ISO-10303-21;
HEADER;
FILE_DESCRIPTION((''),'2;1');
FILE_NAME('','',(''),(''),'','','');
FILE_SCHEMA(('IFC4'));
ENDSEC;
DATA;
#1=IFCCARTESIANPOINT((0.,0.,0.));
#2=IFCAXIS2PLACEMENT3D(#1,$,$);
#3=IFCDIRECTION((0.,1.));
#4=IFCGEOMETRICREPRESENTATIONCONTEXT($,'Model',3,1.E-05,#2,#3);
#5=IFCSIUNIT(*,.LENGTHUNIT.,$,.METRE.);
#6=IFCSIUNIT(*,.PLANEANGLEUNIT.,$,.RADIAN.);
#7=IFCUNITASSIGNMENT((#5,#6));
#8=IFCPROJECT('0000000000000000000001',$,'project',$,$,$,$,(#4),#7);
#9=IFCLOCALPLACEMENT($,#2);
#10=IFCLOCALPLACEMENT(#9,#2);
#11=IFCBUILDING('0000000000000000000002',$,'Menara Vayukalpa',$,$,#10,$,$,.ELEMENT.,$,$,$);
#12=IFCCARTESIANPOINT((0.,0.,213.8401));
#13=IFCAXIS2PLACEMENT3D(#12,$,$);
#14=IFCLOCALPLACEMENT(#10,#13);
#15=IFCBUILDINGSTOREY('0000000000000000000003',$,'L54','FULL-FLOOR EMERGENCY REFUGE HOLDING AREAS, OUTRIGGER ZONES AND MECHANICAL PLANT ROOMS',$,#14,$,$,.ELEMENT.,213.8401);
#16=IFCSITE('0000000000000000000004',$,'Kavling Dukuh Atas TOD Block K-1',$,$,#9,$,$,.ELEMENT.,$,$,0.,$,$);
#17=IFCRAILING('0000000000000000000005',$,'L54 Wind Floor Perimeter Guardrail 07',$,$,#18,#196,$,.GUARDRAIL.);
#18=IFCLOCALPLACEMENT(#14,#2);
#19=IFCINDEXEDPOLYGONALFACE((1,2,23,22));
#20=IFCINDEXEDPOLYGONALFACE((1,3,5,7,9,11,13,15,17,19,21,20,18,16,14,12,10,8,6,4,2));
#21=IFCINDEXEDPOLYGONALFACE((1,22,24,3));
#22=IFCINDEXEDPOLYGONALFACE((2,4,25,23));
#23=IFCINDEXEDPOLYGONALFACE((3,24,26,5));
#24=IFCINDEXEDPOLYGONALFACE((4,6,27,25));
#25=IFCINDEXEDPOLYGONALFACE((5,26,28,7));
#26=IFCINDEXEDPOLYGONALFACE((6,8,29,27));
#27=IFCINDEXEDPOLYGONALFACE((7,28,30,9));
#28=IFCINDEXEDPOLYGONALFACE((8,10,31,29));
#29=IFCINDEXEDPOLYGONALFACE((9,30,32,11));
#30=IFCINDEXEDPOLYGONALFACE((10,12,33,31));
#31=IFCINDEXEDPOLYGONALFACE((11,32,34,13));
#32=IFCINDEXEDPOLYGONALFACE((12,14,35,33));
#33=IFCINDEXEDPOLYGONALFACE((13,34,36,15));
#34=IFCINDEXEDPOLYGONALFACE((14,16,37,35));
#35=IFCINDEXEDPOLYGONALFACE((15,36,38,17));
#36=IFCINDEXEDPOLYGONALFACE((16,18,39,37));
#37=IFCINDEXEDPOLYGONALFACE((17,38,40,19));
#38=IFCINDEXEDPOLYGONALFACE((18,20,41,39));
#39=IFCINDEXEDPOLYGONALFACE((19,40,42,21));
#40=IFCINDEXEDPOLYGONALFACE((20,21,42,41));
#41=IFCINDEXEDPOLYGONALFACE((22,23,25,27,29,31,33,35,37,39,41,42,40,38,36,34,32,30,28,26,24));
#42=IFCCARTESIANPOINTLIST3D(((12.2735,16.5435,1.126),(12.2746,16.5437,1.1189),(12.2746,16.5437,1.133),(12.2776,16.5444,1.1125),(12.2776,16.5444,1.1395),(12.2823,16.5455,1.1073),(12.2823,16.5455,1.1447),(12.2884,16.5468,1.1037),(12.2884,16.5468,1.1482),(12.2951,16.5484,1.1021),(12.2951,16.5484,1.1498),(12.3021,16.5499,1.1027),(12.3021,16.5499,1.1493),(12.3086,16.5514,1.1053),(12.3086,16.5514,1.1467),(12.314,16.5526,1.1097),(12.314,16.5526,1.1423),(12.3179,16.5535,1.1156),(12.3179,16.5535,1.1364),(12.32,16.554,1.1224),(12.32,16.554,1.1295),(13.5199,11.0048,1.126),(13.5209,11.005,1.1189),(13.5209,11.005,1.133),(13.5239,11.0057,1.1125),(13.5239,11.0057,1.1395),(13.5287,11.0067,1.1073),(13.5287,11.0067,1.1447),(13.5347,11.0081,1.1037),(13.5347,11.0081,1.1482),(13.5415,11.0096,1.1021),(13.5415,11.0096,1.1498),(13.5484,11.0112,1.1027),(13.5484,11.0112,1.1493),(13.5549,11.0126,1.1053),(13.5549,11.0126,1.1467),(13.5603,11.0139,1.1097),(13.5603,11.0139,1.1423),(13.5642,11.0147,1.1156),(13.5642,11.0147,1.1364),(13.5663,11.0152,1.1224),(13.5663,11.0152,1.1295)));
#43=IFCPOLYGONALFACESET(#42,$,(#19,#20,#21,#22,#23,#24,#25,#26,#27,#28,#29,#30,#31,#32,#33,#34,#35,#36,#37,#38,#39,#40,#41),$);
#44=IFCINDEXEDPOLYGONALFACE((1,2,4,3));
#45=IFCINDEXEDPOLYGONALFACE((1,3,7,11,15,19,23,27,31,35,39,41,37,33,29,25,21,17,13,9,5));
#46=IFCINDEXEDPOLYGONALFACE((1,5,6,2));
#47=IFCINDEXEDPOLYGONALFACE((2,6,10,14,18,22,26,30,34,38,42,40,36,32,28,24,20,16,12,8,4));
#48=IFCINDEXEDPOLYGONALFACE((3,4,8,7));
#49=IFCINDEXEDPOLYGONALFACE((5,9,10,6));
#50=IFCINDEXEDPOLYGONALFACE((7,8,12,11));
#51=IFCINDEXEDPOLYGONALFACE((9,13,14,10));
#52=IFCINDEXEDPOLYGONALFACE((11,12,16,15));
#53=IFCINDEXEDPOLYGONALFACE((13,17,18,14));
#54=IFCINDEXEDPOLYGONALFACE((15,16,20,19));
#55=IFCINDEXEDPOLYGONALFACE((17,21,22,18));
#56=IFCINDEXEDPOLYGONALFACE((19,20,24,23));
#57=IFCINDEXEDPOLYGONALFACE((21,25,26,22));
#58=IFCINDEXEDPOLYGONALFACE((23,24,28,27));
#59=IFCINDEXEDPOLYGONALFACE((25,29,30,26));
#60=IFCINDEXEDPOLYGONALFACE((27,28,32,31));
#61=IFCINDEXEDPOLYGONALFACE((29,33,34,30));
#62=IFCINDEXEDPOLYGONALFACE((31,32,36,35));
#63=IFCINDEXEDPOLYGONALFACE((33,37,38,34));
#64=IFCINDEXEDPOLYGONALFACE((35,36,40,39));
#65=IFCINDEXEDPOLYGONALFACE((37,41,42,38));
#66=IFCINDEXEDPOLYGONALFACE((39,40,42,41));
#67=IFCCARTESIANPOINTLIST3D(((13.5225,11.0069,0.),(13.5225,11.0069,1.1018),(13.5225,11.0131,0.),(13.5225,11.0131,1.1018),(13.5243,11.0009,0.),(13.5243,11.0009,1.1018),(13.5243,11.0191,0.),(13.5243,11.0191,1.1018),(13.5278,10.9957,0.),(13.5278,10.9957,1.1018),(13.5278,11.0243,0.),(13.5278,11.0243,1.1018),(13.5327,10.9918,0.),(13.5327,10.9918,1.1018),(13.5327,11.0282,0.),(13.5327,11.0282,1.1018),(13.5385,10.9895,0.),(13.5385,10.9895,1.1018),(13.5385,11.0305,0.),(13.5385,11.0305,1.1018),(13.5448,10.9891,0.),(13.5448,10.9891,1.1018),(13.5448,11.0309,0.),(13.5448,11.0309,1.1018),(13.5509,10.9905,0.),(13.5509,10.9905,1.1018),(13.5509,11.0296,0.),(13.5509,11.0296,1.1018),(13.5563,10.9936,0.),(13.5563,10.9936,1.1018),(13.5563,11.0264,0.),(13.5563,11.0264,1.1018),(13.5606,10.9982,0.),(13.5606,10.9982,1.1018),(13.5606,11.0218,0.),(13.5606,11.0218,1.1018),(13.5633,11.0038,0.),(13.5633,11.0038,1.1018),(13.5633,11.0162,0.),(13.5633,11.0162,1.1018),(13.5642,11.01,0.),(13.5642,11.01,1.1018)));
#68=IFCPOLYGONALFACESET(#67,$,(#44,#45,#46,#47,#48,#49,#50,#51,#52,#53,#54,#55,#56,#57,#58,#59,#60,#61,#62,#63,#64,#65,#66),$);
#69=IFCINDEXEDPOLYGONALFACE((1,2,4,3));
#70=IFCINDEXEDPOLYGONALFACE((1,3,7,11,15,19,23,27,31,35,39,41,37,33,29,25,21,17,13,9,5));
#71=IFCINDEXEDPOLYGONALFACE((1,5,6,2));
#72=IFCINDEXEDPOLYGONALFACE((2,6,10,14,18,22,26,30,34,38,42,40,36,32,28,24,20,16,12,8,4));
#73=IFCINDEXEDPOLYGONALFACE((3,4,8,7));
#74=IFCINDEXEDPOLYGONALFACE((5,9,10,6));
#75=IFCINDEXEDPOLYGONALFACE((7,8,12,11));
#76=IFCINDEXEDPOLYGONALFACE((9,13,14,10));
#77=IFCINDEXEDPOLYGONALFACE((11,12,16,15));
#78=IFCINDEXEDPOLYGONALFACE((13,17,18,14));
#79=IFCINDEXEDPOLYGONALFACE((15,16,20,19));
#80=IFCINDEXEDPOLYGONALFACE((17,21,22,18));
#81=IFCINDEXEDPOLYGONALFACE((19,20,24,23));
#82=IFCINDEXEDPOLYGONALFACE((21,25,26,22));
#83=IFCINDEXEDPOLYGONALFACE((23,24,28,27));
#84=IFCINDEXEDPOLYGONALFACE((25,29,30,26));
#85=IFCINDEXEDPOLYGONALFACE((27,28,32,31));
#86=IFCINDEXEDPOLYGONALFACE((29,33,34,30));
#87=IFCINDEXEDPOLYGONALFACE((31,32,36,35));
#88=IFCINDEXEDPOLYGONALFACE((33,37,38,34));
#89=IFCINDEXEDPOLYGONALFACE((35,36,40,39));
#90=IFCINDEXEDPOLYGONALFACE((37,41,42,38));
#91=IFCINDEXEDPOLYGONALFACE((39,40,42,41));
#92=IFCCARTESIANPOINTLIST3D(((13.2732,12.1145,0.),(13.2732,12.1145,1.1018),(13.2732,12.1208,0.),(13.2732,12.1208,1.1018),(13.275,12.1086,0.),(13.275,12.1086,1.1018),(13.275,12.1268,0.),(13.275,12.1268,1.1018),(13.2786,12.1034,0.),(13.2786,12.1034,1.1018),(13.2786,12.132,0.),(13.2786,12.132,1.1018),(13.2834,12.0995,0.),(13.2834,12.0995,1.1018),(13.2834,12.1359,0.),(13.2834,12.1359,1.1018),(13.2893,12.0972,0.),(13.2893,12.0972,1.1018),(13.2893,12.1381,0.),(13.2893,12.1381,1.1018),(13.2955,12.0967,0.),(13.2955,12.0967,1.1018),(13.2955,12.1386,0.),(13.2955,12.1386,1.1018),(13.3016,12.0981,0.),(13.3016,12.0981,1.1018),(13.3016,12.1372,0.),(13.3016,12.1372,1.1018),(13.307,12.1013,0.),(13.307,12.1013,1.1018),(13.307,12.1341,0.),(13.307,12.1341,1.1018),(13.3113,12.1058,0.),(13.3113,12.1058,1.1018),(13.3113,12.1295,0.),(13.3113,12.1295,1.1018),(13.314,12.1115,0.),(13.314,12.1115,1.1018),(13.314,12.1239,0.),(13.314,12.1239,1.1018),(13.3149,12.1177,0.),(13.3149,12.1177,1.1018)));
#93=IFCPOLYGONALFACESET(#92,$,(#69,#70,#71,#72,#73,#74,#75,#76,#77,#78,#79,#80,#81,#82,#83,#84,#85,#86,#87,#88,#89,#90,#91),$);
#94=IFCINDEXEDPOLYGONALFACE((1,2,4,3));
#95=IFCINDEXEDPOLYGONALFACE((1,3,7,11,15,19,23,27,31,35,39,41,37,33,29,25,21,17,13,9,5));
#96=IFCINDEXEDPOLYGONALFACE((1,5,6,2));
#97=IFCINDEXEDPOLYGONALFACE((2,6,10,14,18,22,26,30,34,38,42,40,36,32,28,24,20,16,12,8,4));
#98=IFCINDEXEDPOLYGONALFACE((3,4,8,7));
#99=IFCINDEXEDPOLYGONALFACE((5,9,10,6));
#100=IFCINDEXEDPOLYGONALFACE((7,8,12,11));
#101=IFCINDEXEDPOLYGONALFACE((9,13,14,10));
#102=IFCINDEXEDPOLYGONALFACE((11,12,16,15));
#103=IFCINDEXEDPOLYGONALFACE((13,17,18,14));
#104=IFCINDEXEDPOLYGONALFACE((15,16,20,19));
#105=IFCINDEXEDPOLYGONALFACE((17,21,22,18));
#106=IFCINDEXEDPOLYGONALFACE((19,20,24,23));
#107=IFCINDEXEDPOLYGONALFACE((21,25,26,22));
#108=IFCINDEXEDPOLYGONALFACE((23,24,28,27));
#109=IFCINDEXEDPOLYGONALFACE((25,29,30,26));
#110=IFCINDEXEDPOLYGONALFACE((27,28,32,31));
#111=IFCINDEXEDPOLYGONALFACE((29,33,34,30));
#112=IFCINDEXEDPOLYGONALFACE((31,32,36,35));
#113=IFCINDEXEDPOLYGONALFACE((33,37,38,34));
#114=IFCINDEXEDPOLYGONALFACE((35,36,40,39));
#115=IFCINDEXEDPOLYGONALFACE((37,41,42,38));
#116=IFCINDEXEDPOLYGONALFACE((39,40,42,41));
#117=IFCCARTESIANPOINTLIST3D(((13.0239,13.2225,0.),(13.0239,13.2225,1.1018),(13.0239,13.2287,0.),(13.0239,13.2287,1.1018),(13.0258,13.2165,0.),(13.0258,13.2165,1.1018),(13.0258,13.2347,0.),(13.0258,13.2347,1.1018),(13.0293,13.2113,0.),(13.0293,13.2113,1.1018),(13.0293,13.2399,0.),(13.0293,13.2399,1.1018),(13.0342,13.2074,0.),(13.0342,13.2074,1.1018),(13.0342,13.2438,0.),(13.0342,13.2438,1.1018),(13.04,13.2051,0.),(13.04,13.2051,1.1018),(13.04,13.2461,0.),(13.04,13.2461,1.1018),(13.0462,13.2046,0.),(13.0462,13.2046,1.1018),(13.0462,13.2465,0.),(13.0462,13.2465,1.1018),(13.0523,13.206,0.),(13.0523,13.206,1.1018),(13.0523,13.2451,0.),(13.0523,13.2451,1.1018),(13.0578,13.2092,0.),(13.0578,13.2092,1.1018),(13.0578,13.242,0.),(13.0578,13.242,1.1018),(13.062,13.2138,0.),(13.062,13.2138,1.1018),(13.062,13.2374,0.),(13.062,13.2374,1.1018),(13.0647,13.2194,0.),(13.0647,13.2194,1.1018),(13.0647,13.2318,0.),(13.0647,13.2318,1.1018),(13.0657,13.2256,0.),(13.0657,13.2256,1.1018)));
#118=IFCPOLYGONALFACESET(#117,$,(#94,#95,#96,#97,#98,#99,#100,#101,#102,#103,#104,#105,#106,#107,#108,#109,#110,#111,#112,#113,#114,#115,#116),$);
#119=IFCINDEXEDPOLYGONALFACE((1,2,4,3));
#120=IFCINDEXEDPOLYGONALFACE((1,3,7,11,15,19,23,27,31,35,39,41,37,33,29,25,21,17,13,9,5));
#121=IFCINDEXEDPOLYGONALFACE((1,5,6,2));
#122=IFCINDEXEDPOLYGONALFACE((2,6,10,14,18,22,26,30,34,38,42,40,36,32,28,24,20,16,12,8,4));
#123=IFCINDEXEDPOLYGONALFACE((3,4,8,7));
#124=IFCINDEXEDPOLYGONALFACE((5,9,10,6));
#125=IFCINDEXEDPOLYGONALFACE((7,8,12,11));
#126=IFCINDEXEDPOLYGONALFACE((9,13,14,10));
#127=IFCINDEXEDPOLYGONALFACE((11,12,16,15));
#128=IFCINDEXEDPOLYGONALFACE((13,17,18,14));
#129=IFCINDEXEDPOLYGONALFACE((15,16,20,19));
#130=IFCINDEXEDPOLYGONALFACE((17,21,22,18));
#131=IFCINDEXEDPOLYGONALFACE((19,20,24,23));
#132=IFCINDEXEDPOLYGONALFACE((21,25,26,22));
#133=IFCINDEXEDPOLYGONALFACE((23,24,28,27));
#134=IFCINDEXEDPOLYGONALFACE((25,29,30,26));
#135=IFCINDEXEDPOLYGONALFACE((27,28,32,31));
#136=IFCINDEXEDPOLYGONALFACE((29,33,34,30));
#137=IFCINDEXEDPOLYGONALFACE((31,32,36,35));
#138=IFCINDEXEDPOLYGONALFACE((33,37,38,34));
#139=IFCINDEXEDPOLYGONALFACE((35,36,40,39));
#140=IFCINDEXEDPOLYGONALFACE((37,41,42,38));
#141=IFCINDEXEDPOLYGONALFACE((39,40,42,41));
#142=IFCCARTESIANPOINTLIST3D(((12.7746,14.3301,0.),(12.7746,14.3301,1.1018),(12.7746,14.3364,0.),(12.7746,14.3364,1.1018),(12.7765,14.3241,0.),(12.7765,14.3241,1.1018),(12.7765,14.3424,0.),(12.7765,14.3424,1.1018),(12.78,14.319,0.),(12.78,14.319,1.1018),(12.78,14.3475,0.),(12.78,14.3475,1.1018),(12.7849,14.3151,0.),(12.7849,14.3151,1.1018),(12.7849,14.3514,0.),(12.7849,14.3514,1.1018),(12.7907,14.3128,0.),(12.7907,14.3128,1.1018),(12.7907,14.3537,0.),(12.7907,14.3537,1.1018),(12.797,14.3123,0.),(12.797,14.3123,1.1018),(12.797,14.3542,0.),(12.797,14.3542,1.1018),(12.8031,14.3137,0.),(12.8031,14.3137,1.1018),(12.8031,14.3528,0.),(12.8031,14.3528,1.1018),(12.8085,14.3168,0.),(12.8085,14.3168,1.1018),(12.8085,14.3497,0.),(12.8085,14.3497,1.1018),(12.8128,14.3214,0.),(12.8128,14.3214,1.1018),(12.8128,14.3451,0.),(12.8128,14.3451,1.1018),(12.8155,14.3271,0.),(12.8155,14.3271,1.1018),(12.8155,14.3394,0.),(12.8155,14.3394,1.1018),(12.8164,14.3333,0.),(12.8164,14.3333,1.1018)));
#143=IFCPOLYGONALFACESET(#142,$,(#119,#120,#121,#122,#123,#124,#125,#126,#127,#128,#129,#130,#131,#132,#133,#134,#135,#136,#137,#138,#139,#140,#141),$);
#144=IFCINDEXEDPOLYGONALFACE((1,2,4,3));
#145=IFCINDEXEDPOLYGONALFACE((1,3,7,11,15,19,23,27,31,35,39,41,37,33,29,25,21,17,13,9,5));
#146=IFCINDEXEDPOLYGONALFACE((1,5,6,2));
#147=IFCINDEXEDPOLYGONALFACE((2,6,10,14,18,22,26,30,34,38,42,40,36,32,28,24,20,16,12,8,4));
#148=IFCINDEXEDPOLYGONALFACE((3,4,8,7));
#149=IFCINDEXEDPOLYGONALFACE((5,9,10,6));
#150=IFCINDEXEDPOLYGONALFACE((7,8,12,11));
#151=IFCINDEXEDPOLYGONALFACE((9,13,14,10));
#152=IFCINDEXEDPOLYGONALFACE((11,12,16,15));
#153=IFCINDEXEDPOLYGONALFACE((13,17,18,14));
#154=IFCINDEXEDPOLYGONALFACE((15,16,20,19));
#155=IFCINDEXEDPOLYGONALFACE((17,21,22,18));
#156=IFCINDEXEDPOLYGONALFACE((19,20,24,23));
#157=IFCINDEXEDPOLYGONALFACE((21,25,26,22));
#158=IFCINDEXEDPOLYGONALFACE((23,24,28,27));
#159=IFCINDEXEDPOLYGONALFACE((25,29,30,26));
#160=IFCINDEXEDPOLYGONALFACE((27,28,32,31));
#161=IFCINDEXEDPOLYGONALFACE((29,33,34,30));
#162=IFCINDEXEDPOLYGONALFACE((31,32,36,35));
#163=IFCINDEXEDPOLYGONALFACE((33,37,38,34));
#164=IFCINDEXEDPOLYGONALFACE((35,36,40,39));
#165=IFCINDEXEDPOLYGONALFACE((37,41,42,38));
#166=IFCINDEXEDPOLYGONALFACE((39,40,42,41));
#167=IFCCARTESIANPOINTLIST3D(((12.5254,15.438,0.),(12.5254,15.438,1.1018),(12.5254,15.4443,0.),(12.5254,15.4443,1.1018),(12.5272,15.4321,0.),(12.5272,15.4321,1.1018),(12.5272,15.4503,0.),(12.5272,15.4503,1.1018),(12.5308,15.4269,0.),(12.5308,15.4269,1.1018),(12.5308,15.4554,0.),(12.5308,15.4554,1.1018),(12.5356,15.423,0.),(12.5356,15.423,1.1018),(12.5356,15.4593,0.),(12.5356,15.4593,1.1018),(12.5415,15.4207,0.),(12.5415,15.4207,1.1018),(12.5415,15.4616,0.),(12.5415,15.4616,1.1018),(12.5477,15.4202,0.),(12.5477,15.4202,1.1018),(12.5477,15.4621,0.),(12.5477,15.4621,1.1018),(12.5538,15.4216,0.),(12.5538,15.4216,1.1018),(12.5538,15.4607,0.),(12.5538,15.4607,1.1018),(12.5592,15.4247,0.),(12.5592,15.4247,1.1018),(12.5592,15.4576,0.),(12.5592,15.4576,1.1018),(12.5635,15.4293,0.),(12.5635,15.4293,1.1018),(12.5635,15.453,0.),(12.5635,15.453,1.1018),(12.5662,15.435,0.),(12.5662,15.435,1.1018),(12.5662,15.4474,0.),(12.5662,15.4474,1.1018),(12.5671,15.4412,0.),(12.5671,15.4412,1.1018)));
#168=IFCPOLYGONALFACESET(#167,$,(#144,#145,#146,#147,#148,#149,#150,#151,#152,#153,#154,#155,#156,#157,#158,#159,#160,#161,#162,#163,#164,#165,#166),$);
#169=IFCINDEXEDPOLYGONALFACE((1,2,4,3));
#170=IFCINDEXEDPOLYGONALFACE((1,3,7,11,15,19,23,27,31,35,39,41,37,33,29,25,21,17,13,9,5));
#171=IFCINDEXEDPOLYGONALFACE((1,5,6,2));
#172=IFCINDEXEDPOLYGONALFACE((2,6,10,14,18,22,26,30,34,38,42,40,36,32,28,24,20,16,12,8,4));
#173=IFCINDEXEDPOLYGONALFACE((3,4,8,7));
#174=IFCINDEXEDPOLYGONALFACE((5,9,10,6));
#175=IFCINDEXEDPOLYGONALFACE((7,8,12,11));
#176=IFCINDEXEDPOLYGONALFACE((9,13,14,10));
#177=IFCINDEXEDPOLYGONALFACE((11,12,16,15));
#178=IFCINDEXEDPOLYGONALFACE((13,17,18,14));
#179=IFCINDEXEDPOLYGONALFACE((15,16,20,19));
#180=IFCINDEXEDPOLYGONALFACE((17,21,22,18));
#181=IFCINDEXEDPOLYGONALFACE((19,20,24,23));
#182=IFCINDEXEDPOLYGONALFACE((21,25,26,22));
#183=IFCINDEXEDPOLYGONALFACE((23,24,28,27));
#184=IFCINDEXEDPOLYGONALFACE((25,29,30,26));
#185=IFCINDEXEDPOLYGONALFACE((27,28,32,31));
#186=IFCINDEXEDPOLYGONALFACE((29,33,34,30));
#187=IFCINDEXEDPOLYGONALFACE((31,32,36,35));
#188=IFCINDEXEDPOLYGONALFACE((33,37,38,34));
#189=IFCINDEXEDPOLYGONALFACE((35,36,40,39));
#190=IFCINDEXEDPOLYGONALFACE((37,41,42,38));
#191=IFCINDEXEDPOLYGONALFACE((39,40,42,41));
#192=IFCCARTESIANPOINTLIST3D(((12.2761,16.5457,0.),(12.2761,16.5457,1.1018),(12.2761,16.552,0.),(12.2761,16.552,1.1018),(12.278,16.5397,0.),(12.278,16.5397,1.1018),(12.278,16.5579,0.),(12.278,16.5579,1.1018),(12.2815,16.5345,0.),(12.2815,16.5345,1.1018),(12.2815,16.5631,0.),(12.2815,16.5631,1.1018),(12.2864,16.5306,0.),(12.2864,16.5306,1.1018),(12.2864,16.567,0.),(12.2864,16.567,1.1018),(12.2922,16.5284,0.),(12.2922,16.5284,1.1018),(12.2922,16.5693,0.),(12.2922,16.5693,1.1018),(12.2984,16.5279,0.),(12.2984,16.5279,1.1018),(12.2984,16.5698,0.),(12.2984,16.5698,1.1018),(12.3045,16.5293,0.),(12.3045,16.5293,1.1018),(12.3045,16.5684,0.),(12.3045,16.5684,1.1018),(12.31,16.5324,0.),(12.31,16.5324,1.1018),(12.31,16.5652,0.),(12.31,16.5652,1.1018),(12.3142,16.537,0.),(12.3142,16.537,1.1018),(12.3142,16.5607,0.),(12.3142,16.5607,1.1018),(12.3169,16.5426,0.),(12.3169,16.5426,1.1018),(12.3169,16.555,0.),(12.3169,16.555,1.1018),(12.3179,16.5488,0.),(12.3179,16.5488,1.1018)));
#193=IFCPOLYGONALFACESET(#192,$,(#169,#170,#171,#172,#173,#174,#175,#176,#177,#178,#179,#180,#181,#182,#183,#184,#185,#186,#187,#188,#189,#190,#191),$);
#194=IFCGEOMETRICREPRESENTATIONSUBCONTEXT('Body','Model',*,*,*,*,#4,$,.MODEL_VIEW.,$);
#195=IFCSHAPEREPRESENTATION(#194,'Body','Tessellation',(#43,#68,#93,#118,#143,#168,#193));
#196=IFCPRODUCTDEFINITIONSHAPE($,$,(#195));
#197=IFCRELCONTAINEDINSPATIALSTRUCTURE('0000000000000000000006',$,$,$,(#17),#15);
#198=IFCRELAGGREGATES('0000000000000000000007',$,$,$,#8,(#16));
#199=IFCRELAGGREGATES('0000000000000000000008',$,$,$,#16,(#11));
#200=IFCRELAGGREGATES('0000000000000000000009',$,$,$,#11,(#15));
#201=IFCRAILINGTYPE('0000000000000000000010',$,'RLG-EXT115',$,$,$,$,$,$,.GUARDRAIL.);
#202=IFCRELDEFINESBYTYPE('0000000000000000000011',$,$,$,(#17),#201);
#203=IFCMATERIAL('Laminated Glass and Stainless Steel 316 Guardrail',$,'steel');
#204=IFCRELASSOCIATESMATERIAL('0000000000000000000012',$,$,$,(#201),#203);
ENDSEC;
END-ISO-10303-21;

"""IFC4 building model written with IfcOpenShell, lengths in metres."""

from ifc_helpers import new_model, si_unit, direction, frame, origin, origin_2d, place, context, subcontext, project, spatial, circle, extrude, material, type_object, element, save


model = new_model("IFC4")

# Units and contexts
model_context = context("Model", 3, precision=1e-05, world=origin(), true_north=direction((0.0, 1.0)))
body_context = subcontext(model_context, "Body", "Model", "MODEL_VIEW")
ifc_project = project(units=[si_unit("LENGTHUNIT", "METRE"), si_unit("PLANEANGLEUNIT", "RADIAN")], contexts=[model_context])

# Site, building, storey
site_placement = place(None, origin())
site = spatial("IfcSite", under=ifc_project, at=site_placement, Name="Kavling Dukuh Atas TOD Block K-1", CompositionType="ELEMENT", RefElevation=0.0)
building_placement = place(site_placement, origin())
building = spatial("IfcBuilding", under=site, at=building_placement, Name="Menara Vayukalpa", CompositionType="ELEMENT")
storey_placement = place(building_placement, frame((0.0, 0.0, 213.8401)))
storey = spatial("IfcBuildingStorey", under=building, at=storey_placement, Name="L54", Description="FULL-FLOOR EMERGENCY REFUGE HOLDING AREAS, OUTRIGGER ZONES AND MECHANICAL PLANT ROOMS", CompositionType="ELEMENT", Elevation=213.8401)

# Railing
ifc_material_1 = material(Name="Laminated Glass and Stainless Steel 316 Guardrail", Category="steel")
railing_type = type_object("IfcRailingType", Name="RLG-EXT115", PredefinedType="GUARDRAIL", material=ifc_material_1)
railing_1_placement = place(storey_placement, frame((13.5432, 11.01, 0.0)))
element("IfcRailing", 1, at=railing_1_placement, inside=storey, type_object=railing_type, Name="L54 Wind Floor Perimeter Guardrail 07", PredefinedType="GUARDRAIL", context=body_context, shape_type="SweptSolid", body=[
    extrude(circle(Radius=0.0239, at=origin_2d()), frame((0.0, 0.0, 1.126), z_axis=(-0.21953, 0.975606, 0.0), x_axis=(-0.975606, -0.21953, 0.0)), (0.0, 0.0, 1.0), 5.6772),
    extrude(circle(Radius=0.021, at=origin_2d()), origin(), (0.0, 0.0, 1.0), 1.1018),
    extrude(circle(Radius=0.021, at=origin_2d()), frame((-0.2493, 1.1077, 0.0)), (0.0, 0.0, 1.0), 1.1018),
    extrude(circle(Radius=0.021, at=origin_2d()), frame((-0.4985, 2.2156, 0.0)), (0.0, 0.0, 1.0), 1.1018),
    extrude(circle(Radius=0.021, at=origin_2d()), frame((-0.7478, 3.3232, 0.0)), (0.0, 0.0, 1.0), 1.1018),
    extrude(circle(Radius=0.021, at=origin_2d()), frame((-0.9971, 4.4312, 0.0)), (0.0, 0.0, 1.0), 1.1018),
    extrude(circle(Radius=0.021, at=origin_2d()), frame((-1.2463, 5.5388, 0.0)), (0.0, 0.0, 1.0), 1.1018),
])

save(model, "model.ifc")
